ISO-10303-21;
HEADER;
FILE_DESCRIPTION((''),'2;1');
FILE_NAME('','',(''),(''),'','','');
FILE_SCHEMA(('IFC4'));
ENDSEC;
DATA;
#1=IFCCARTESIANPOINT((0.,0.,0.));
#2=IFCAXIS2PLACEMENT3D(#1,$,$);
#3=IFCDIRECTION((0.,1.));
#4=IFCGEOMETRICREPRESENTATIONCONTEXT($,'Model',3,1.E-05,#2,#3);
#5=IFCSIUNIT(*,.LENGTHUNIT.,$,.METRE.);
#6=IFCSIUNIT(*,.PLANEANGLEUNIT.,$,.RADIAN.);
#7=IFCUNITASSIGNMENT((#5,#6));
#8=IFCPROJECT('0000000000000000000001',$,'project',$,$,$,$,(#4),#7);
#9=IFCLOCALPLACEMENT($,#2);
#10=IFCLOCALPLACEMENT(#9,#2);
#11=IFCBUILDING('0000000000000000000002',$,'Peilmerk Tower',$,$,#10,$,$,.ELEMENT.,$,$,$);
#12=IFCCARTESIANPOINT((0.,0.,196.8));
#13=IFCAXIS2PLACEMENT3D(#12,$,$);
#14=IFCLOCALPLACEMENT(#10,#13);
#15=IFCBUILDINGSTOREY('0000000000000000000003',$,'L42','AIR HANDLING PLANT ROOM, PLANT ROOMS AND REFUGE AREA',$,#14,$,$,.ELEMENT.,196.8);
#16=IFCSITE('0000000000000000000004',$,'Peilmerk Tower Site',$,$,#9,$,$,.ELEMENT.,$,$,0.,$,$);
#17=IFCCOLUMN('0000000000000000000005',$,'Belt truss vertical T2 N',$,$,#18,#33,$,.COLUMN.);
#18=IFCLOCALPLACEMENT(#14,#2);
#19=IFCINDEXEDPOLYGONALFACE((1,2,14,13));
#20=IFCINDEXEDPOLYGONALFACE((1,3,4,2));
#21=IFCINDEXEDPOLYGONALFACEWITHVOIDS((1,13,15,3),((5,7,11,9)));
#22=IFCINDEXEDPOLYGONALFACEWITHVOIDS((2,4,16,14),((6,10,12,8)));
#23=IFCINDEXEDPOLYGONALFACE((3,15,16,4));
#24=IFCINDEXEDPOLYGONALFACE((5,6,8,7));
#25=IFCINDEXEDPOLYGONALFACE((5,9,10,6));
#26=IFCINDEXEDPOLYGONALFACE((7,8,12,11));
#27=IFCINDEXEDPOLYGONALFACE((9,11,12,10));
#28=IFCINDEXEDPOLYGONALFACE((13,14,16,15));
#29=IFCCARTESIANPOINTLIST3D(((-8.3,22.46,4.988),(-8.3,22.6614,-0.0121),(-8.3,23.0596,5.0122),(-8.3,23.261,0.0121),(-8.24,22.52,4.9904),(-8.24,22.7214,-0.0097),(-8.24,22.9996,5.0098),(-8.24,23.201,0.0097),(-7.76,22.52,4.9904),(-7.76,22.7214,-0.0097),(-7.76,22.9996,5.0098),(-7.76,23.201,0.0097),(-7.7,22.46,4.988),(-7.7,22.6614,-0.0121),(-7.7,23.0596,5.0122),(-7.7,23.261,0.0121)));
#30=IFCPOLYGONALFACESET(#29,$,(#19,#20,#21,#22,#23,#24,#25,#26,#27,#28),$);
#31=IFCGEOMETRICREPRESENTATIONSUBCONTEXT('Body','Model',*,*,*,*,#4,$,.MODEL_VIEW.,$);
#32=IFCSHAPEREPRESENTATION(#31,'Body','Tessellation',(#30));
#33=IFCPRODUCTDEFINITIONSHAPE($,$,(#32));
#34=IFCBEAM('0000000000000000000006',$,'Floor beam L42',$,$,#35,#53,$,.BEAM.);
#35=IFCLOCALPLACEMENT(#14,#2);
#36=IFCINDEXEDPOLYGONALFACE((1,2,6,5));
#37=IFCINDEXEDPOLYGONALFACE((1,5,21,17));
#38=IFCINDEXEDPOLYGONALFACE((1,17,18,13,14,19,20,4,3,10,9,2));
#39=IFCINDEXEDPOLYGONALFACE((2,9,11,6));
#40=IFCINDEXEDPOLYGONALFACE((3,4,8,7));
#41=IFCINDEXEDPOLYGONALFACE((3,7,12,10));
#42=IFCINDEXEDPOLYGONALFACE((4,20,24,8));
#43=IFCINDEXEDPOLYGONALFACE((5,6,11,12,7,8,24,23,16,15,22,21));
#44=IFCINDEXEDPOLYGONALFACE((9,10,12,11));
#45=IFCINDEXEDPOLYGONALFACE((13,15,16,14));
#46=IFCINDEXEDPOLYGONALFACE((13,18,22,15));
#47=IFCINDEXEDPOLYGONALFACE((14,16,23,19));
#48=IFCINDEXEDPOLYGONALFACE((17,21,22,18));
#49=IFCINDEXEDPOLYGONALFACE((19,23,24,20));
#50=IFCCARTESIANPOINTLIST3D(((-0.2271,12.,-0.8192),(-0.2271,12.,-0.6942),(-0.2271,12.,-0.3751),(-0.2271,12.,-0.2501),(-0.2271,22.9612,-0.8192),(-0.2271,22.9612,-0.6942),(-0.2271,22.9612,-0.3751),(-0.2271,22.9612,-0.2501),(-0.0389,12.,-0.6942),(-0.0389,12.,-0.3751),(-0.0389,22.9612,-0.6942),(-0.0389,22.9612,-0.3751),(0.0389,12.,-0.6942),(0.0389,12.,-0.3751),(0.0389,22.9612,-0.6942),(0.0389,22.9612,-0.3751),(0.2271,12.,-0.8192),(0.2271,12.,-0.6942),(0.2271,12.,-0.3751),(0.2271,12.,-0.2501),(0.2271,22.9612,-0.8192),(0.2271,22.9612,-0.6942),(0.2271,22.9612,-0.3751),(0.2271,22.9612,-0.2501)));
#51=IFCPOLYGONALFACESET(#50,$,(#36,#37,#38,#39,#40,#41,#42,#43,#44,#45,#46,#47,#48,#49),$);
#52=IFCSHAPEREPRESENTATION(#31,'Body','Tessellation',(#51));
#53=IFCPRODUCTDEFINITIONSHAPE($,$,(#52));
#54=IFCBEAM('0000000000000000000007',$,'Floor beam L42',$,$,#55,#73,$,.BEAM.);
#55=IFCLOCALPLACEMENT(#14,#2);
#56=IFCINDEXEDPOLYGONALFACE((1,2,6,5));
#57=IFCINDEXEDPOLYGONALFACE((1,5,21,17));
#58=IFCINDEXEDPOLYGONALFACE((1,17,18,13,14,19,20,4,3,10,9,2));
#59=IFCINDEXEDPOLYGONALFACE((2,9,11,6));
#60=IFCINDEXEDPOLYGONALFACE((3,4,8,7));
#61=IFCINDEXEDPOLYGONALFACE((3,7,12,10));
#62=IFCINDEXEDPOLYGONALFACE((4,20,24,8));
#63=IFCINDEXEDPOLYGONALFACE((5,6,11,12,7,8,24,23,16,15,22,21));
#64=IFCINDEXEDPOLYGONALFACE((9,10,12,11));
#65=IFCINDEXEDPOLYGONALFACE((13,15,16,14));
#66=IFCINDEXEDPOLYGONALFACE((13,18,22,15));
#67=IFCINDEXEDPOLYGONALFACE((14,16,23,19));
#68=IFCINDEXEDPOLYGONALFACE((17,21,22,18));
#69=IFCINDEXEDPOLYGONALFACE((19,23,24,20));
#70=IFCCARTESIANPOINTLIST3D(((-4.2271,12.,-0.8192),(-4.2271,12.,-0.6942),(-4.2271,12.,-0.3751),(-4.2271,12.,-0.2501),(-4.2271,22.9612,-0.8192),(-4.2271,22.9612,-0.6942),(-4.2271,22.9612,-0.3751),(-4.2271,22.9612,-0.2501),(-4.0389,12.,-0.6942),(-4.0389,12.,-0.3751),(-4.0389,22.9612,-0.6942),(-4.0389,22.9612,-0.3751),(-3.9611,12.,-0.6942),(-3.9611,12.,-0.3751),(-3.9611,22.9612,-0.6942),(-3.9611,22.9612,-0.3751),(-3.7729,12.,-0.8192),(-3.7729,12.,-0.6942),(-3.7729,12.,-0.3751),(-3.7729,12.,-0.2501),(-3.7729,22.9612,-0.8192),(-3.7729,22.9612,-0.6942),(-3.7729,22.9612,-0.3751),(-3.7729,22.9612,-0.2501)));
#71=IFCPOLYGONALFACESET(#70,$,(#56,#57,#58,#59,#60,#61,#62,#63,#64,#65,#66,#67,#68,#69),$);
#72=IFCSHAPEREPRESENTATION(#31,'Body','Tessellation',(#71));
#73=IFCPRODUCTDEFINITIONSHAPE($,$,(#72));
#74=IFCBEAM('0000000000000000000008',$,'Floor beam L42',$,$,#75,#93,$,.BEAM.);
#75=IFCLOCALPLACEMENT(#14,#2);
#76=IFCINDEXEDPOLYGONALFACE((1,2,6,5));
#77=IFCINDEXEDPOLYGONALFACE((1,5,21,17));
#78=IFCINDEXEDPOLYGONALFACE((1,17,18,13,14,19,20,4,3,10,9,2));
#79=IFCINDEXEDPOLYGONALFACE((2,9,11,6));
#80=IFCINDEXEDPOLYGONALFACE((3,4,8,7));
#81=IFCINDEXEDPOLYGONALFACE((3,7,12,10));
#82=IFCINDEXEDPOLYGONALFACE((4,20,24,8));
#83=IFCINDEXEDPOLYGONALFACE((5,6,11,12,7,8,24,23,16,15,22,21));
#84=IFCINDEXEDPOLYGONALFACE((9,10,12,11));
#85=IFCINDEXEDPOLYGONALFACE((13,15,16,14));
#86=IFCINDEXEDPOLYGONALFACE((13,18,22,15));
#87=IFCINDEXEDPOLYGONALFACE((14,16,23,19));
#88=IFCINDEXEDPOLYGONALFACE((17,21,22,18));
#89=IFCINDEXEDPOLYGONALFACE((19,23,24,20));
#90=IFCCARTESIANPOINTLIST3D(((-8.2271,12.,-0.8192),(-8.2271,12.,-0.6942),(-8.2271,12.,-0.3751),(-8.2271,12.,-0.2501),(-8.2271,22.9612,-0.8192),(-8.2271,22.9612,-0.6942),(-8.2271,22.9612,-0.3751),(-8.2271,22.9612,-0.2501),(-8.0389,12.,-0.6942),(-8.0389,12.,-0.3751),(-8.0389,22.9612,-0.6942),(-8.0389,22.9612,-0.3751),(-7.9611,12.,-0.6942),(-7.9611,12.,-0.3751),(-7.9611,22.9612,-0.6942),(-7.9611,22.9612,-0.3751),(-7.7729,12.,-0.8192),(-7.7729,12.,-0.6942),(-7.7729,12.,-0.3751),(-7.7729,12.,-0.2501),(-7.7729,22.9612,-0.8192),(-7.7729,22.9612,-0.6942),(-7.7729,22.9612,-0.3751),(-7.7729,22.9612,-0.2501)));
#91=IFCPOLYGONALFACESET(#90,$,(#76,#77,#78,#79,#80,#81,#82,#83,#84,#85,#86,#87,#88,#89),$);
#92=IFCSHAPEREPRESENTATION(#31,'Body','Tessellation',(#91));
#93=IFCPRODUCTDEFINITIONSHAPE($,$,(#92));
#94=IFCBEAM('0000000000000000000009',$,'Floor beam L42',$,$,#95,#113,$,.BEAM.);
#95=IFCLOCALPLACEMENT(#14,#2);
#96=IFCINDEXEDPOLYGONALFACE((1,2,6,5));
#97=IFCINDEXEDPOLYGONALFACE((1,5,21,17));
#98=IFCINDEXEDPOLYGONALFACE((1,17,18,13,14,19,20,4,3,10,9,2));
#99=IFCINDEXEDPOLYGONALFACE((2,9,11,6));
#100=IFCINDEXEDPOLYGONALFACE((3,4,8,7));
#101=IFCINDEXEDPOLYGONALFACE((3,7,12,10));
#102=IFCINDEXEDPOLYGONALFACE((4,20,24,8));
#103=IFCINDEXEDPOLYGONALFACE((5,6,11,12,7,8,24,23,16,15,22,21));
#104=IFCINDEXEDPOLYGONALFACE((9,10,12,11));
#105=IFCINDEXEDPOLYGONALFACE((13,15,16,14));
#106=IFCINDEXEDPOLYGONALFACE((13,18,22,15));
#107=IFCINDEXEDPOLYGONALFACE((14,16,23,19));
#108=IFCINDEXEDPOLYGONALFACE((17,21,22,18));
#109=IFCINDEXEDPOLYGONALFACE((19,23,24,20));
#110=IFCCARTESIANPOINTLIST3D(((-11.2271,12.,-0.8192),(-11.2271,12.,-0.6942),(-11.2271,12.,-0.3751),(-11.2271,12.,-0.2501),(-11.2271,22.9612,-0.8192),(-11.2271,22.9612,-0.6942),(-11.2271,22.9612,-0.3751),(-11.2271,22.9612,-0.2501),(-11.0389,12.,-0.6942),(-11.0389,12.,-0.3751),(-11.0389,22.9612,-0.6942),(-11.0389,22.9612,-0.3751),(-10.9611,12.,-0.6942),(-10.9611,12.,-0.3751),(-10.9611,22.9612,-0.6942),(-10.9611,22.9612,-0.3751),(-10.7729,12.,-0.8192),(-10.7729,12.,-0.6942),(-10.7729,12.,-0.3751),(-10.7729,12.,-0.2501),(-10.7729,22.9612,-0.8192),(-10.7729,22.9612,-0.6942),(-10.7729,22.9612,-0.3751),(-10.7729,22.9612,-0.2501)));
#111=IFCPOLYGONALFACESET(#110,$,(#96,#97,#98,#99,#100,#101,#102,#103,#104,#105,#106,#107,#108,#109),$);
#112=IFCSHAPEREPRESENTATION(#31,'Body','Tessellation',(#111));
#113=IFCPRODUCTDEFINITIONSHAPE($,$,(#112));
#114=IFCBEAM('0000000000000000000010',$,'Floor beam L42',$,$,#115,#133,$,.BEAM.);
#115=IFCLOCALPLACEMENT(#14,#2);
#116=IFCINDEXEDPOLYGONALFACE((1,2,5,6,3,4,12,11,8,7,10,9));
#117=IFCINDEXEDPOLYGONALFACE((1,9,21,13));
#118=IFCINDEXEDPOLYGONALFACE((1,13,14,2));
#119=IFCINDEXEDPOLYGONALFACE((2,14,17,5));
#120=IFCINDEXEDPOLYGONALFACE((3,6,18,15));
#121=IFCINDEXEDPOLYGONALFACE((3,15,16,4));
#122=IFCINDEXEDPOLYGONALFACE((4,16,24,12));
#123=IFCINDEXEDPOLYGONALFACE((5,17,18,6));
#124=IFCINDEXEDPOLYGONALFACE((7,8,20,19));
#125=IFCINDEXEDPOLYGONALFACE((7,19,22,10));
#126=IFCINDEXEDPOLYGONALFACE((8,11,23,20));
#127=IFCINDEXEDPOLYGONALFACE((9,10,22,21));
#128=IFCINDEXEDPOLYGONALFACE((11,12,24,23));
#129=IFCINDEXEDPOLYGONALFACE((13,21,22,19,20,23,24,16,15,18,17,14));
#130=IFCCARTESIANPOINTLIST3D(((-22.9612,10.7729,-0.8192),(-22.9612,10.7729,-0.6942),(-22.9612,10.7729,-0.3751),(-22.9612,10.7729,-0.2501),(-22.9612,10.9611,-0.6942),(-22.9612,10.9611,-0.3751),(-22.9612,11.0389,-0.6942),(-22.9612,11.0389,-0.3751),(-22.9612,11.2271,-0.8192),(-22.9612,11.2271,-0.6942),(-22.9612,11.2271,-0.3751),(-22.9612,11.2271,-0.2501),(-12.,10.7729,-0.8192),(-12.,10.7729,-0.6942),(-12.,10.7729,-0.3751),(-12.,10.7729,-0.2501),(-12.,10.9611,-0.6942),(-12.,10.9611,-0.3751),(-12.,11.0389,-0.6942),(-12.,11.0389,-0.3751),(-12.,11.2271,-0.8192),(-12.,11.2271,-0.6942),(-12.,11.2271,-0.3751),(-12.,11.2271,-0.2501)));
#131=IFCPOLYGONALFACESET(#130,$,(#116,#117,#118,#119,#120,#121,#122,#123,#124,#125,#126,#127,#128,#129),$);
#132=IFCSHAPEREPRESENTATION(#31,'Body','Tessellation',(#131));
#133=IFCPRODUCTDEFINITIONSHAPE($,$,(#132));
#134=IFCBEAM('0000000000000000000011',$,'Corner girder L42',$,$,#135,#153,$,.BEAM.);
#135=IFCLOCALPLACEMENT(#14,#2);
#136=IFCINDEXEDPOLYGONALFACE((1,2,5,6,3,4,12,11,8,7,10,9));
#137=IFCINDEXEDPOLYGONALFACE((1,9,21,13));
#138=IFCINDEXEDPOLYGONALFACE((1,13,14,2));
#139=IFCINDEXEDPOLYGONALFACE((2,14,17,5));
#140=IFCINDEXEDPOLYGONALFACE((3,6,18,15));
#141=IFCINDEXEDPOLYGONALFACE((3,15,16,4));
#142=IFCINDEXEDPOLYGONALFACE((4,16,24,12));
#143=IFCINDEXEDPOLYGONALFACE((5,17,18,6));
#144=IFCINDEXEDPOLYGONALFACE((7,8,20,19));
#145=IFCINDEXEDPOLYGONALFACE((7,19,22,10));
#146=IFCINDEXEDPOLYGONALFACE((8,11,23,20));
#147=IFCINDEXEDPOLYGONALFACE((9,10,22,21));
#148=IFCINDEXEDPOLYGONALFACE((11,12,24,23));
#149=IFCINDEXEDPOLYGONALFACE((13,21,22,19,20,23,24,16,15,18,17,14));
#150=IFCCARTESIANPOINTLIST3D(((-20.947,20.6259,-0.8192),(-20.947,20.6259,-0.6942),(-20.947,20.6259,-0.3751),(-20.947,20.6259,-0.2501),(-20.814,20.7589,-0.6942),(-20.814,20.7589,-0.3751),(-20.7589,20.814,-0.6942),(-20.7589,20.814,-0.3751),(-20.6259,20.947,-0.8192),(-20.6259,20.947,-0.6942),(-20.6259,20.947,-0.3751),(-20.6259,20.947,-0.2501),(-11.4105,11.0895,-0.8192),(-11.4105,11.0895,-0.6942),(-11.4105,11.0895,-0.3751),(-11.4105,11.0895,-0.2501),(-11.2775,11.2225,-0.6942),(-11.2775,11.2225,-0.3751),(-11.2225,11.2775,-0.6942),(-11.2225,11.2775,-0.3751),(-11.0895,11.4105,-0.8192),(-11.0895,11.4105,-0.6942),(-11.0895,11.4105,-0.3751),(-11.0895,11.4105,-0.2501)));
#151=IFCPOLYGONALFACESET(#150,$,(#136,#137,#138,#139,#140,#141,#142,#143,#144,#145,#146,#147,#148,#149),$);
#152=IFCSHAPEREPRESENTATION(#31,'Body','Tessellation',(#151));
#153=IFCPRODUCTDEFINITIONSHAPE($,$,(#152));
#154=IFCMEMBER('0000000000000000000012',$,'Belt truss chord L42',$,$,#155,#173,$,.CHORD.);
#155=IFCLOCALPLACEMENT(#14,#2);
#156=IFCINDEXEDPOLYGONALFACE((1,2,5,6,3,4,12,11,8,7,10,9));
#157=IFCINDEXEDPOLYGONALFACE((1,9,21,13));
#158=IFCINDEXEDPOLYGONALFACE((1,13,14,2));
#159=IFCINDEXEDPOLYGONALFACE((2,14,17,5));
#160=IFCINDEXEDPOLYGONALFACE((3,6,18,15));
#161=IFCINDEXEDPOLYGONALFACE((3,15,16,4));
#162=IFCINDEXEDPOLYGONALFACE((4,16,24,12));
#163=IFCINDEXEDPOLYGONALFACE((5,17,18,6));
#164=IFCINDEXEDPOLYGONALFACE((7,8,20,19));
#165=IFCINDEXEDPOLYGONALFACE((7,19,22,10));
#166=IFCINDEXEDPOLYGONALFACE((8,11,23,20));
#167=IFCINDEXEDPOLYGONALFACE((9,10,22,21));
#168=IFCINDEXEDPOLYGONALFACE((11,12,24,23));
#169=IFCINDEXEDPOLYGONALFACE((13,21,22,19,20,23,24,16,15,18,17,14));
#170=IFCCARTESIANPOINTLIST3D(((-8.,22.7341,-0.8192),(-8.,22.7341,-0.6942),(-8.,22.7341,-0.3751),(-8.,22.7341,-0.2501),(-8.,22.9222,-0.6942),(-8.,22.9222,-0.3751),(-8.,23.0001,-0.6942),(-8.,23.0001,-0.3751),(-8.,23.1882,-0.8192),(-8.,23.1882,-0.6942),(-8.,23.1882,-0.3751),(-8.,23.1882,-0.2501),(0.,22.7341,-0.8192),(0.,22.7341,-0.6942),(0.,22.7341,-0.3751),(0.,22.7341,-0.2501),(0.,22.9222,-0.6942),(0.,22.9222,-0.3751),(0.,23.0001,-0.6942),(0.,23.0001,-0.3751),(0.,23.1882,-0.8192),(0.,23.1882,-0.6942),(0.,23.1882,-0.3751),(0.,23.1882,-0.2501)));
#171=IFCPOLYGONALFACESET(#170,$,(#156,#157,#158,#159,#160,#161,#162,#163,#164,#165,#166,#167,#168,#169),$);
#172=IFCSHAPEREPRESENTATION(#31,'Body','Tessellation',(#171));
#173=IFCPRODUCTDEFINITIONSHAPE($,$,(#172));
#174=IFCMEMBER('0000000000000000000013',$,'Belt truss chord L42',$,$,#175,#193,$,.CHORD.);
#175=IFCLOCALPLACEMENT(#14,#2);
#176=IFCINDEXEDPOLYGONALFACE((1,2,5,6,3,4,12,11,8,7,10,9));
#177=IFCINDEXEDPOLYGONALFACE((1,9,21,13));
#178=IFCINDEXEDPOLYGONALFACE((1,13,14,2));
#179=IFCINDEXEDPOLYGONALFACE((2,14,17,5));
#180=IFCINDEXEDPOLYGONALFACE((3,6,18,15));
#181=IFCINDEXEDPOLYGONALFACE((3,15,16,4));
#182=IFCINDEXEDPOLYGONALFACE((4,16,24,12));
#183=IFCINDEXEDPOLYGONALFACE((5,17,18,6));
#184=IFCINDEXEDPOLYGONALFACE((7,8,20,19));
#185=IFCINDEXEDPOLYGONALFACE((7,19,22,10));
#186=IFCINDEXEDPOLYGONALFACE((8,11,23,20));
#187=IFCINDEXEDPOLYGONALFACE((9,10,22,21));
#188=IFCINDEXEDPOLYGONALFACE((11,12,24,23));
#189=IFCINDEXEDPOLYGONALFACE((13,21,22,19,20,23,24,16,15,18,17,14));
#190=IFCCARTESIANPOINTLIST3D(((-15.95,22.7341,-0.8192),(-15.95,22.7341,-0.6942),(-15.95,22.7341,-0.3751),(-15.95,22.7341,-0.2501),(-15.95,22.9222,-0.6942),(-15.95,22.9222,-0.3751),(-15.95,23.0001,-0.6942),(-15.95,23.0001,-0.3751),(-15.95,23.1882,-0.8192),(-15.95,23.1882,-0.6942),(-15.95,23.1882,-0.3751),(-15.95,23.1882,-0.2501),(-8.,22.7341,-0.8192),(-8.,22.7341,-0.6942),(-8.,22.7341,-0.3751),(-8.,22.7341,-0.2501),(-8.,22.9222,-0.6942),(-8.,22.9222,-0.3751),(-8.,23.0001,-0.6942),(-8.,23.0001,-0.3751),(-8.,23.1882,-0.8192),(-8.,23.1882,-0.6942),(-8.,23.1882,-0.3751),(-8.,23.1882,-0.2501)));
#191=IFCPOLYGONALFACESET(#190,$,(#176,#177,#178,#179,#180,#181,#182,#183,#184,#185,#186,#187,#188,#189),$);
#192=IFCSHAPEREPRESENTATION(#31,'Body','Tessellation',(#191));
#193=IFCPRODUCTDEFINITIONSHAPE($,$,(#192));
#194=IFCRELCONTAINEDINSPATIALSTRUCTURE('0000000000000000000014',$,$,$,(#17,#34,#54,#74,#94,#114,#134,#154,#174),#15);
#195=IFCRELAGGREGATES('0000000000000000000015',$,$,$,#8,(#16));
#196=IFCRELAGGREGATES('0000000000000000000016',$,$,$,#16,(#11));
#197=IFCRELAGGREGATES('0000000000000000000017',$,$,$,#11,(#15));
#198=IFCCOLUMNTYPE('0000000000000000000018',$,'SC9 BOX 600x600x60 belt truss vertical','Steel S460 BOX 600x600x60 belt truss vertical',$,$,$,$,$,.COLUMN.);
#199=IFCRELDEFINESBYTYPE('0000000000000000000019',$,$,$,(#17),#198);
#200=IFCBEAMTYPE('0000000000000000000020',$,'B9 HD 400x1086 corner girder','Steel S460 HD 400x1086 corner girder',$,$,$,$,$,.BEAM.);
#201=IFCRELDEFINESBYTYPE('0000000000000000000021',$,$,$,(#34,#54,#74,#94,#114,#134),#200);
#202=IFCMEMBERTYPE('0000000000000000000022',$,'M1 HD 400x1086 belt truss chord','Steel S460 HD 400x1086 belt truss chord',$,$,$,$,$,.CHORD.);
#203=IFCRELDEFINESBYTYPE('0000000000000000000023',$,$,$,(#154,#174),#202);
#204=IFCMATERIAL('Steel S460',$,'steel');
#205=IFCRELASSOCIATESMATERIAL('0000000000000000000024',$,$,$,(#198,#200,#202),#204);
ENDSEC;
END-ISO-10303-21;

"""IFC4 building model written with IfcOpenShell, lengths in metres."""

from ifc_helpers import new_model, si_unit, direction, frame, origin, origin_2d, place, context, subcontext, project, spatial, hollow_rectangle, i_section, extrude, material, material_profile, profile_set, type_object, element, save


model = new_model("IFC4")

# Units and contexts
model_context = context("Model", 3, precision=1e-05, world=origin(), true_north=direction((0.0, 1.0)))
body_context = subcontext(model_context, "Body", "Model", "MODEL_VIEW")
ifc_project = project(units=[si_unit("LENGTHUNIT", "METRE"), si_unit("PLANEANGLEUNIT", "RADIAN")], contexts=[model_context])

# Site, building, storey
site_placement = place(None, origin())
site = spatial("IfcSite", under=ifc_project, at=site_placement, Name="Peilmerk Tower Site", CompositionType="ELEMENT", RefElevation=0.0)
building_placement = place(site_placement, origin())
building = spatial("IfcBuilding", under=site, at=building_placement, Name="Peilmerk Tower", CompositionType="ELEMENT")
storey_placement = place(building_placement, frame((0.0, 0.0, 196.8)))
storey = spatial("IfcBuildingStorey", under=building, at=storey_placement, Name="L42", Description="AIR HANDLING PLANT ROOM, PLANT ROOMS AND REFUGE AREA", CompositionType="ELEMENT", Elevation=196.8)

# Column
ifc_material_1 = material(Name="Steel S460", Category="steel")
ifc_material_profile_1 = material_profile(ifc_material_1, hollow_rectangle(XDim=0.6001, YDim=0.6001, WallThickness=0.0601, at=origin_2d()), Name="BOX 600x600x60")
ifc_profile_set_1 = profile_set([ifc_material_profile_1], Name="Steel S460")
column_type = type_object("IfcColumnType", Name="SC9 BOX 600x600x60 belt truss vertical", Description="Steel S460 BOX 600x600x60 belt truss vertical", PredefinedType="COLUMN", material=ifc_profile_set_1)
column_placement = place(storey_placement, frame((-8.0, 22.9612, 0.0), z_axis=(0.0, -0.040251, 0.99919), x_axis=(1.0, 0.0, 0.0)))
element("IfcColumn", 1, at=column_placement, inside=storey, type_object=column_type, Name="Belt truss vertical T2 N", PredefinedType="COLUMN", context=body_context, shape_type="SweptSolid", body=[
    extrude(hollow_rectangle(XDim=0.6001, YDim=0.6001, WallThickness=0.0601, at=origin_2d()), origin(), (0.0, 0.0, 1.0), 5.0042),
])

# Beams
ifc_material_profile_2 = material_profile(ifc_material_1, i_section(OverallWidth=0.4541, OverallDepth=0.5691, WebThickness=0.0779, FlangeThickness=0.125, at=origin_2d()), Name="HD 400x1086")
ifc_profile_set_2 = profile_set([ifc_material_profile_2], Name="Steel S460")
beam_type = type_object("IfcBeamType", Name="B9 HD 400x1086 corner girder", Description="Steel S460 HD 400x1086 corner girder", PredefinedType="BEAM", material=ifc_profile_set_2)
for number, where, z_axis, x_axis, name in (
    (2, (0.0, 12.0, -0.5347), (0.0, 1.0, 0.0), (-1.0, 0.0, 0.0), "Floor beam L42"),
    (3, (-4.0, 12.0, -0.5347), (0.0, 1.0, 0.0), (-1.0, 0.0, 0.0), "Floor beam L42"),
    (4, (-8.0, 12.0, -0.5347), (0.0, 1.0, 0.0), (-1.0, 0.0, 0.0), "Floor beam L42"),
    (5, (-11.0, 12.0, -0.5347), (0.0, 1.0, 0.0), (-1.0, 0.0, 0.0), "Floor beam L42"),
    (6, (-12.0, 11.0, -0.5347), (-1.0, 0.0, 0.0), (0.0, -1.0, 0.0), "Floor beam L42"),
):
    element("IfcBeam", number, at=place(storey_placement, frame(where, z_axis=z_axis, x_axis=x_axis)), inside=storey, type_object=beam_type, Name=name, PredefinedType="BEAM", context=body_context, shape_type="SweptSolid", body=[
        extrude(i_section(OverallWidth=0.4541, OverallDepth=0.5691, WebThickness=0.0779, FlangeThickness=0.125, at=origin_2d()), origin(), (0.0, 0.0, 1.0), 10.9612),
    ])
beam_placement = place(storey_placement, frame((-11.25, 11.25, -0.5347), z_axis=(-0.707107, 0.707107, 0.0), x_axis=(-0.707107, -0.707107, 0.0)))
element("IfcBeam", 7, at=beam_placement, inside=storey, type_object=beam_type, Name="Corner girder L42", PredefinedType="BEAM", context=body_context, shape_type="SweptSolid", body=[
    extrude(i_section(OverallWidth=0.4541, OverallDepth=0.5691, WebThickness=0.0779, FlangeThickness=0.125, at=origin_2d()), origin(), (0.0, 0.0, 1.0), 13.4866),
])

# Members
ifc_material_profile_3 = material_profile(ifc_material_1, i_section(OverallWidth=0.4541, OverallDepth=0.5691, WebThickness=0.0779, FlangeThickness=0.125, at=origin_2d()), Name="HD 400x1086")
ifc_profile_set_3 = profile_set([ifc_material_profile_3], Name="Steel S460")
member_type_1 = type_object("IfcMemberType", Name="M1 HD 400x1086 belt truss chord", Description="Steel S460 HD 400x1086 belt truss chord", PredefinedType="CHORD", material=ifc_profile_set_3)
member_1_placement = place(storey_placement, frame((0.0, 22.9612, -0.5347), z_axis=(-1.0, 0.0, 0.0), x_axis=(0.0, -1.0, 0.0)))
element("IfcMember", 8, at=member_1_placement, inside=storey, type_object=member_type_1, Name="Belt truss chord L42", PredefinedType="CHORD", context=body_context, shape_type="SweptSolid", body=[
    extrude(i_section(OverallWidth=0.4541, OverallDepth=0.5691, WebThickness=0.0779, FlangeThickness=0.125, at=origin_2d()), origin(), (0.0, 0.0, 1.0), 8.0),
])
member_2_placement = place(storey_placement, frame((-8.0, 22.9612, -0.5347), z_axis=(-1.0, 0.0, 0.0), x_axis=(0.0, -1.0, 0.0)))
element("IfcMember", 9, at=member_2_placement, inside=storey, type_object=member_type_1, Name="Belt truss chord L42", PredefinedType="CHORD", context=body_context, shape_type="SweptSolid", body=[
    extrude(i_section(OverallWidth=0.4541, OverallDepth=0.5691, WebThickness=0.0779, FlangeThickness=0.125, at=origin_2d()), origin(), (0.0, 0.0, 1.0), 7.95),
])

save(model, "model.ifc")
